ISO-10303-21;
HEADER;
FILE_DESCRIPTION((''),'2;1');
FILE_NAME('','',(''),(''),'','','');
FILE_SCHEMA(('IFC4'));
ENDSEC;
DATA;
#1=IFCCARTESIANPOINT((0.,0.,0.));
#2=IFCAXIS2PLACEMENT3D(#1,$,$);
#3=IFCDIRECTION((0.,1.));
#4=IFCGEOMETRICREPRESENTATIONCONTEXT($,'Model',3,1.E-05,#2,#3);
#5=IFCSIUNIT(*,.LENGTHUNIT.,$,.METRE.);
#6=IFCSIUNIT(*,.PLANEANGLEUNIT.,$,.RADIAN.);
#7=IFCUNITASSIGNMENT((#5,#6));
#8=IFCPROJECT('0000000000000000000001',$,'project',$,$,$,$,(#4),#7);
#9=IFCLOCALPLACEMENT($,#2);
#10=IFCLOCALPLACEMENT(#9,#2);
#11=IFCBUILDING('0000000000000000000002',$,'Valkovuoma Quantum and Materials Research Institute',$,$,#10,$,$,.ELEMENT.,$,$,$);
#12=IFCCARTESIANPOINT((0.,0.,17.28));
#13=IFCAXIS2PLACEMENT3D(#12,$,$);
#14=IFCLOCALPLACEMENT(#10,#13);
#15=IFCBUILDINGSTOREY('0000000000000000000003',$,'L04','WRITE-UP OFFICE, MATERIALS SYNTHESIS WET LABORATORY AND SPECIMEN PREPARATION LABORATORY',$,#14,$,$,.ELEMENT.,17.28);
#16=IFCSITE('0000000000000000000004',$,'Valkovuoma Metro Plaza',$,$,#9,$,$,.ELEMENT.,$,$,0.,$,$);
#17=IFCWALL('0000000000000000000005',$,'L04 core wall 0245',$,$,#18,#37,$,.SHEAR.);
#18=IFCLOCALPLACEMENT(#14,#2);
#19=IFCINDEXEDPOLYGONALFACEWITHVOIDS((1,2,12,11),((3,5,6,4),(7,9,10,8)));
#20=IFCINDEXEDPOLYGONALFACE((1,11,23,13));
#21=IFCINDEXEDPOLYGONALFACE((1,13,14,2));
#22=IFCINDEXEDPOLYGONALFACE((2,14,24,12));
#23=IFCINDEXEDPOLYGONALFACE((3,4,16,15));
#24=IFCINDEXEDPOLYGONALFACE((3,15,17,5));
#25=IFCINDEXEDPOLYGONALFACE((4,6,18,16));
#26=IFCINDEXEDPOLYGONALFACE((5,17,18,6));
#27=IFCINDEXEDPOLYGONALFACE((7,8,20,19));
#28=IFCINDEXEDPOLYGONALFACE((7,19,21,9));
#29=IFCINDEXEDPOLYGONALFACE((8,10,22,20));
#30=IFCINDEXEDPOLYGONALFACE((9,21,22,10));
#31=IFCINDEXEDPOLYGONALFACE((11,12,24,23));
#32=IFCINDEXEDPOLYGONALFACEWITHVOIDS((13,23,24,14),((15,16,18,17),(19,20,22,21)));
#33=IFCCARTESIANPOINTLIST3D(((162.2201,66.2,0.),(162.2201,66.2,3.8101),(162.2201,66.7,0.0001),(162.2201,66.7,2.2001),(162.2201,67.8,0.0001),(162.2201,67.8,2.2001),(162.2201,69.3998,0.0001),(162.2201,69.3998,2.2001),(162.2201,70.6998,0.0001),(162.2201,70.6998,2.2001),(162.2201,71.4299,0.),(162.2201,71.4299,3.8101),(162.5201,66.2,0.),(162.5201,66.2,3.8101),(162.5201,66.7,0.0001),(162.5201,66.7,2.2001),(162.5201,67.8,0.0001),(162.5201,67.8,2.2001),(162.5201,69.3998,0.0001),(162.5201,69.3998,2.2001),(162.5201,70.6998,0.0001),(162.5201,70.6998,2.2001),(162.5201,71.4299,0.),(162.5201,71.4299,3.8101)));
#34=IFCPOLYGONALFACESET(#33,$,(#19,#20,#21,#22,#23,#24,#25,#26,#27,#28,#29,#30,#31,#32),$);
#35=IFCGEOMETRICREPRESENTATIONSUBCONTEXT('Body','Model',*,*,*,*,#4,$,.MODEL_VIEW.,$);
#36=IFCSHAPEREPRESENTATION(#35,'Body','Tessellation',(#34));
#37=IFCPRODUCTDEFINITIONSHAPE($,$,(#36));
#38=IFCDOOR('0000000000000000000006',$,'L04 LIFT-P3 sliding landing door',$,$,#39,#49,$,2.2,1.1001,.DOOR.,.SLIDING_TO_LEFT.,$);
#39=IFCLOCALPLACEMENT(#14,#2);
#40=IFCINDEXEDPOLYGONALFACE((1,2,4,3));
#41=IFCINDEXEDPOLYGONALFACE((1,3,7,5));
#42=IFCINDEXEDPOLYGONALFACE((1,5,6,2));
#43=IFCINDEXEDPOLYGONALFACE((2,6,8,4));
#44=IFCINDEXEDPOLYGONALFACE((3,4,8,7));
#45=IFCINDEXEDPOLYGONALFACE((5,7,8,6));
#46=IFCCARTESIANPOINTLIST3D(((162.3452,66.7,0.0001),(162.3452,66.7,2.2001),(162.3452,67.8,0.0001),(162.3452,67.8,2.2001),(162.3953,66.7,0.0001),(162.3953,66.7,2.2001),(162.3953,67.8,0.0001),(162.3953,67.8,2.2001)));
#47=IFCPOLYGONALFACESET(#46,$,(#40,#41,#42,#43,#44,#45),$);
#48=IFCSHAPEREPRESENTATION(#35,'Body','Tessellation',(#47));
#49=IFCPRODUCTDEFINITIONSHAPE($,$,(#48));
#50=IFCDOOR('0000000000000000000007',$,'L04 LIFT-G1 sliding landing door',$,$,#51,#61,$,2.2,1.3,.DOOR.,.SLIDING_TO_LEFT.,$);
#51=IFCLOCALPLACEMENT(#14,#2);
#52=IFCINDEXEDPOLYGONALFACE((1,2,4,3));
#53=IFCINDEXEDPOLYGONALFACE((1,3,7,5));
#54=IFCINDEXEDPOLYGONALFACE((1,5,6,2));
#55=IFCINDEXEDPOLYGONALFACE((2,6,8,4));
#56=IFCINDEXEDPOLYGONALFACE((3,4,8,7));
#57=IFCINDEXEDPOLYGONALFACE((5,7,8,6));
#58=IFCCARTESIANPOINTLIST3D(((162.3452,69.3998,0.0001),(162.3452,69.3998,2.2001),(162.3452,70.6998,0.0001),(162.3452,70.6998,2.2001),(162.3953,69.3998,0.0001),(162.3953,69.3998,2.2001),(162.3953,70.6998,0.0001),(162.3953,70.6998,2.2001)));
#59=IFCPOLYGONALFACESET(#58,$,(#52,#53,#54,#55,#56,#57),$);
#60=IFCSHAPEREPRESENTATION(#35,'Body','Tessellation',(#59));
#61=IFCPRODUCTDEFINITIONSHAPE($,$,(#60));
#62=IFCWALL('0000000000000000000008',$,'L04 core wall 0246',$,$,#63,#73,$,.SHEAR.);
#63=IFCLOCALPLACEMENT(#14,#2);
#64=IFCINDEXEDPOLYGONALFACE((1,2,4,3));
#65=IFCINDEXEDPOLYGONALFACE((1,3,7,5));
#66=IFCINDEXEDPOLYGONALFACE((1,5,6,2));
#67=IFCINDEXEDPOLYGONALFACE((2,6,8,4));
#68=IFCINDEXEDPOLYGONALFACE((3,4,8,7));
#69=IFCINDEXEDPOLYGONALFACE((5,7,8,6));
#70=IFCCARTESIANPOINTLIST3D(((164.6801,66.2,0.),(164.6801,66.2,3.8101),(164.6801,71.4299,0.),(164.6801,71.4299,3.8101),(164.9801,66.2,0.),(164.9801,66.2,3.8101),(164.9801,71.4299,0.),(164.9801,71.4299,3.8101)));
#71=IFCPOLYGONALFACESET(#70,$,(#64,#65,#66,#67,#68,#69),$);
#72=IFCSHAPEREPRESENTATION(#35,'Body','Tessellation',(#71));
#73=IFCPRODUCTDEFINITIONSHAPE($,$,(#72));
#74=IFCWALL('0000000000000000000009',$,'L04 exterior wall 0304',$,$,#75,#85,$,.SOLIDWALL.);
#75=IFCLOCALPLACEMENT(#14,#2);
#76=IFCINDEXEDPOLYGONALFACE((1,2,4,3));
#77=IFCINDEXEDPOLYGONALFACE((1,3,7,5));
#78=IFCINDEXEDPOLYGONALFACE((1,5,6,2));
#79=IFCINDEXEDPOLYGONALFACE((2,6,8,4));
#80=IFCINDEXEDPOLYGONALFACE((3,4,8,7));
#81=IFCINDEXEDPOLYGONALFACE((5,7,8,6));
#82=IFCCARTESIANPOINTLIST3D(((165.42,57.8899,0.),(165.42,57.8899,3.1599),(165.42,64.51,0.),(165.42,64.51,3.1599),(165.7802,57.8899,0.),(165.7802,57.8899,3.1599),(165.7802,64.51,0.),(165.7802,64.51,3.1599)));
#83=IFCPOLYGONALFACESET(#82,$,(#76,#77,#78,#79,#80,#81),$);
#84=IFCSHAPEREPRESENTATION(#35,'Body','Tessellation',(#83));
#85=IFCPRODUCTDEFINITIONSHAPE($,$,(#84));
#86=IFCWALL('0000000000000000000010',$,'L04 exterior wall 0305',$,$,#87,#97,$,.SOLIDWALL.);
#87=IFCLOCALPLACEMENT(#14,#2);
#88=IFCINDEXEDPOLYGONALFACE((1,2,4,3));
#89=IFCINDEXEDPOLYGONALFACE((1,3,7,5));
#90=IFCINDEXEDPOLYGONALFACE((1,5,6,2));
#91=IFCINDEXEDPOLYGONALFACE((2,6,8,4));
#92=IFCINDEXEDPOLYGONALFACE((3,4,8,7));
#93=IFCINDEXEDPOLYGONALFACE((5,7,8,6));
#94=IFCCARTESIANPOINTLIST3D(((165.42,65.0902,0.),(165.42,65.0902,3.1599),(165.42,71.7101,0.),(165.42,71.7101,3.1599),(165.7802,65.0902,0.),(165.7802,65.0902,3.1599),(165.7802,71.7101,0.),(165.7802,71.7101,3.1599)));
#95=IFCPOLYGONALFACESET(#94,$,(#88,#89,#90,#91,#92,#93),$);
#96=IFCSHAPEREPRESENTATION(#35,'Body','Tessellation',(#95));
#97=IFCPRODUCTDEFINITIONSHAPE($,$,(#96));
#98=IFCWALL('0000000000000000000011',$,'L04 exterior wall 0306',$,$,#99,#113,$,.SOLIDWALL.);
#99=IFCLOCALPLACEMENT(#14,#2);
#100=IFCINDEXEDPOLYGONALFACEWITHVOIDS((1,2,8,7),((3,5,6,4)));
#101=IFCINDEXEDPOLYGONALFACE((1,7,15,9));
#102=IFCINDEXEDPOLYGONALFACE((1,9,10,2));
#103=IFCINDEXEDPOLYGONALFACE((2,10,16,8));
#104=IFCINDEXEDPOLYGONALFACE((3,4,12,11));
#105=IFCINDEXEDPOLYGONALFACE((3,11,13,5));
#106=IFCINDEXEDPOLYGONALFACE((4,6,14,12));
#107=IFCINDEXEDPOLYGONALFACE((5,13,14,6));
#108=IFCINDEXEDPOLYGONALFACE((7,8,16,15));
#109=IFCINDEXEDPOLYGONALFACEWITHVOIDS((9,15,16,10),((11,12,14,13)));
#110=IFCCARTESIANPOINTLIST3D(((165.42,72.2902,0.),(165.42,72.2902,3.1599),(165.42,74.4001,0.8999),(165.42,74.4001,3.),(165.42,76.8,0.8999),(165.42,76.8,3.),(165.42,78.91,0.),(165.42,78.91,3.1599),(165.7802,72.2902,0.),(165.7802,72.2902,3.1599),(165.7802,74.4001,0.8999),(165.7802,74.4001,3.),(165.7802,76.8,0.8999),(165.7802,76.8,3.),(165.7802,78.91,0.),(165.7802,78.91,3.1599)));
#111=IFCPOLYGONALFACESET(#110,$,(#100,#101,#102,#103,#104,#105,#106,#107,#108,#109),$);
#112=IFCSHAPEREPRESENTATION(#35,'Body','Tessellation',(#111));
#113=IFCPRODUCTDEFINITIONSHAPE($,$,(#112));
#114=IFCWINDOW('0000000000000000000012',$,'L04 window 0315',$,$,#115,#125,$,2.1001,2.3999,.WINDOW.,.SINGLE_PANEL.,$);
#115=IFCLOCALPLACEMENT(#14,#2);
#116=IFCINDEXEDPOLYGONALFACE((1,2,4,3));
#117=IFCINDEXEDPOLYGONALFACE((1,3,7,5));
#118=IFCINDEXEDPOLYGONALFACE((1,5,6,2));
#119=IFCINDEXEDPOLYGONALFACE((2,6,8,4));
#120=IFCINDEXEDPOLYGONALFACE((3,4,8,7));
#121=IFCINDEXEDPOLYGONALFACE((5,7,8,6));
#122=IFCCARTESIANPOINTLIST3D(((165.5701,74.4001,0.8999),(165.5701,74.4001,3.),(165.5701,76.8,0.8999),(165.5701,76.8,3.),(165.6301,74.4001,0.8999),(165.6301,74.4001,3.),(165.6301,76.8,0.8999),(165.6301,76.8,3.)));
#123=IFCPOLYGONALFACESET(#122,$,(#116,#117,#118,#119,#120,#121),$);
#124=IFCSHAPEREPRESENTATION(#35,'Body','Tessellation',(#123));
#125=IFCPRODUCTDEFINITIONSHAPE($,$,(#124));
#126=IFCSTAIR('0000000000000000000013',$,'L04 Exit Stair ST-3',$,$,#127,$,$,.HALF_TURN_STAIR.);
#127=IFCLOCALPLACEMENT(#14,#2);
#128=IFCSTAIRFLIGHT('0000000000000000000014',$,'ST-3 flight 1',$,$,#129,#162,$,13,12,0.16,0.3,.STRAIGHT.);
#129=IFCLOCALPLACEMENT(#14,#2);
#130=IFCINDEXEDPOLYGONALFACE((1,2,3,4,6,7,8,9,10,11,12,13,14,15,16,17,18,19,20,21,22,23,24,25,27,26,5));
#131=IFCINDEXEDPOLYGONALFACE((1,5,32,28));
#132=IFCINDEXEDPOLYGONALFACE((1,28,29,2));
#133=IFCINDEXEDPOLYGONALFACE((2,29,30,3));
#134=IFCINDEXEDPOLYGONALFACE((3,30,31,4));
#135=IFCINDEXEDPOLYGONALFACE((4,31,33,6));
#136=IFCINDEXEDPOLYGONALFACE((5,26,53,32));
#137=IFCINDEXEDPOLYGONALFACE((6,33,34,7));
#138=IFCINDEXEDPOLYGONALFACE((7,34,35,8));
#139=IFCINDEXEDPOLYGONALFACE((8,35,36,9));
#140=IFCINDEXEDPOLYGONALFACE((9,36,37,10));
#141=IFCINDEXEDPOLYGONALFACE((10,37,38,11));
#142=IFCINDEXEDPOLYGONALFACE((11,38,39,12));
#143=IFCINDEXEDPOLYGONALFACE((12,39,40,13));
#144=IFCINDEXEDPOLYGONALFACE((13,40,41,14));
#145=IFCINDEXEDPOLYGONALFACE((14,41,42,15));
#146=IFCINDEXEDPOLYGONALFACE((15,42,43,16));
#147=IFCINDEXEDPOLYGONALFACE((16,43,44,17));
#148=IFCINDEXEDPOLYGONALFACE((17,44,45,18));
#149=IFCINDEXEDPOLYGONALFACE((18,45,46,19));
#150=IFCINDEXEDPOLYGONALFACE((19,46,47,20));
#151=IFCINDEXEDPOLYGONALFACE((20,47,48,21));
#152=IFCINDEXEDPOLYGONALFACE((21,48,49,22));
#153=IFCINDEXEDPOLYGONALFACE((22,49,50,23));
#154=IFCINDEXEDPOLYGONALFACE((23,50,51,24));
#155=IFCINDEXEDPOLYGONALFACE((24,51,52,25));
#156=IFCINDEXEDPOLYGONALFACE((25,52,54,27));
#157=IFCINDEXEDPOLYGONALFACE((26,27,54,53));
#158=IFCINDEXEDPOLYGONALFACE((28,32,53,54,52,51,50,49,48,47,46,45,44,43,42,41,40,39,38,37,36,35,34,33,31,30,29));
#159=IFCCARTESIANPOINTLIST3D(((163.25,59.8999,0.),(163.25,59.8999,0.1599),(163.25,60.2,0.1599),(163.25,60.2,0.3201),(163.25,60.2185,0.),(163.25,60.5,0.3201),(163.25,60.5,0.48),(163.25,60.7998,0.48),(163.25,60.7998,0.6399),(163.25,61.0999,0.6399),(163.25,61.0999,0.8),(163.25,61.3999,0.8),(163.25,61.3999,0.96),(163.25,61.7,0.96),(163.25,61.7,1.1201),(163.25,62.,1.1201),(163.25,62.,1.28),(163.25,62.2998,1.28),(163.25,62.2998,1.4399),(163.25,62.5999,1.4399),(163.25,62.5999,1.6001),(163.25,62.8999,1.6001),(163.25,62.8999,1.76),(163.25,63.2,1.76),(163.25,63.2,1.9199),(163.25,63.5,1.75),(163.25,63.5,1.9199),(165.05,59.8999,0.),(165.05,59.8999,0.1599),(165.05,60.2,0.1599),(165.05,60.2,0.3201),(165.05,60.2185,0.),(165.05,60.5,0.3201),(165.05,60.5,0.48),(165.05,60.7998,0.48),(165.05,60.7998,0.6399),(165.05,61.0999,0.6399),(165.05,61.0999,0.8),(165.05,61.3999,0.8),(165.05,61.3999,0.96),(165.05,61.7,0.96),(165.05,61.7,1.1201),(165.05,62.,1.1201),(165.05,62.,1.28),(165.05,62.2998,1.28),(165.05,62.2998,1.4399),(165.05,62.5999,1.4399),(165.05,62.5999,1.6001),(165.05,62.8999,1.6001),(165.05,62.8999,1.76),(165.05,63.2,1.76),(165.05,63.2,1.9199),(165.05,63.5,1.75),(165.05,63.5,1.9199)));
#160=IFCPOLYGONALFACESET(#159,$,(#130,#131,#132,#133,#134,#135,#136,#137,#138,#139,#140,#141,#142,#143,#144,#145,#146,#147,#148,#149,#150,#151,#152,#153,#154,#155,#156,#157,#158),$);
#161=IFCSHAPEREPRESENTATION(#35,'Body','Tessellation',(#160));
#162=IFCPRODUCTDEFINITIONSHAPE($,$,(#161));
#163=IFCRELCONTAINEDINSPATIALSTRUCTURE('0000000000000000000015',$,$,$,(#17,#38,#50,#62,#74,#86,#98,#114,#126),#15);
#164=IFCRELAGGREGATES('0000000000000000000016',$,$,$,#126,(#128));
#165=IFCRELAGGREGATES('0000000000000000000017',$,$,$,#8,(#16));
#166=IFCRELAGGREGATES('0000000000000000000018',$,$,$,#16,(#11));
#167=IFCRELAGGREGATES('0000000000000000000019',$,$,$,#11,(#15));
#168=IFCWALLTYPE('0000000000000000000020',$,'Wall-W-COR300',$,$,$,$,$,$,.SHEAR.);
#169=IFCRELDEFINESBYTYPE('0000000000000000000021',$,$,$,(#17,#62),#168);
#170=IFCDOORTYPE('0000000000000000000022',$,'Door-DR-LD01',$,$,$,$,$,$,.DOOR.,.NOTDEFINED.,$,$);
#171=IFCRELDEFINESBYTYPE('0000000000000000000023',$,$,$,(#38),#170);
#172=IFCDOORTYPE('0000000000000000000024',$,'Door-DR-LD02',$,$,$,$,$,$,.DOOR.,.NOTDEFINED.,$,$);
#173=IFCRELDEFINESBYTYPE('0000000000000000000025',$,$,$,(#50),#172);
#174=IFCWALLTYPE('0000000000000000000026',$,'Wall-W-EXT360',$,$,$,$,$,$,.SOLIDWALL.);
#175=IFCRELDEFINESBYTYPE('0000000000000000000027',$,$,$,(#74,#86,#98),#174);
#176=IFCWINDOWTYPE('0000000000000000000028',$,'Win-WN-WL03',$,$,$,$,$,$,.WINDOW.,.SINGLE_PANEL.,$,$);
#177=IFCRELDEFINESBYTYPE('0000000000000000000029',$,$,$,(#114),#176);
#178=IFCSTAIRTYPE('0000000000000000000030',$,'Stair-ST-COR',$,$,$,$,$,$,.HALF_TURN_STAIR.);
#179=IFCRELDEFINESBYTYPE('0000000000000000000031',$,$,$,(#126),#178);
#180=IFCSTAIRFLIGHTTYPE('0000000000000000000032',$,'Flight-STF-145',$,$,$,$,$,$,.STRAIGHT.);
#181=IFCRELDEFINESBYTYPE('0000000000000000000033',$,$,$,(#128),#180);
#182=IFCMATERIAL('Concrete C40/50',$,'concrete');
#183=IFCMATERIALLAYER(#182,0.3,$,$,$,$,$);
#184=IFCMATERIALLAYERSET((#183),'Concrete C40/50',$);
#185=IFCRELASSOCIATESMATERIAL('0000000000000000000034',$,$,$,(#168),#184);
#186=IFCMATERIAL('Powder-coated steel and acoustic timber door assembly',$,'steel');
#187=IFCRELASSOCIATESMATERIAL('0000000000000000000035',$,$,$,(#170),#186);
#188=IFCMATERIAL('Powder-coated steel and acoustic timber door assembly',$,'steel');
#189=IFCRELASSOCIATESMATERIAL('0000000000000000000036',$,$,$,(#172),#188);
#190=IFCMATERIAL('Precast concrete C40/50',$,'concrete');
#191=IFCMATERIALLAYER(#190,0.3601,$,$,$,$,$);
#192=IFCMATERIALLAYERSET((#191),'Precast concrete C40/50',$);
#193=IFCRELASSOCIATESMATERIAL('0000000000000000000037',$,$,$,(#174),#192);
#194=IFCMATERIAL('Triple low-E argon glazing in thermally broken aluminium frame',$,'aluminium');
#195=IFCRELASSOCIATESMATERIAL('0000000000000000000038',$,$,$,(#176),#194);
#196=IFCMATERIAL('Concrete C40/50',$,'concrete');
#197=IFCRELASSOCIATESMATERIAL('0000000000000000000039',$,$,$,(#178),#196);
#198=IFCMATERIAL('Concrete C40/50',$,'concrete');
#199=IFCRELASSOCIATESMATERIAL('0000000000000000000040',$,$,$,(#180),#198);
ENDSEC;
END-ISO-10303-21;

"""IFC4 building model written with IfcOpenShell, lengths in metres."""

from ifc_helpers import new_model, si_unit, direction, frame, frame_2d, origin, place, context, subcontext, project, spatial, polyline, rectangle, outline, extrude, material, layer, layer_set, type_object, element, fill, aggregate, save


model = new_model("IFC4")

# Units and contexts
model_context = context("Model", 3, precision=1e-05, world=origin(), true_north=direction((0.0, 1.0)))
body_context = subcontext(model_context, "Body", "Model", "MODEL_VIEW")
ifc_project = project(units=[si_unit("LENGTHUNIT", "METRE"), si_unit("PLANEANGLEUNIT", "RADIAN")], contexts=[model_context])

# Site, building, storey
site_placement = place(None, origin())
site = spatial("IfcSite", under=ifc_project, at=site_placement, Name="Valkovuoma Metro Plaza", CompositionType="ELEMENT", RefElevation=0.0)
building_placement = place(site_placement, origin())
building = spatial("IfcBuilding", under=site, at=building_placement, Name="Valkovuoma Quantum and Materials Research Institute", CompositionType="ELEMENT")
storey_placement = place(building_placement, frame((0.0, 0.0, 17.28)))
storey = spatial("IfcBuildingStorey", under=building, at=storey_placement, Name="L04", Description="WRITE-UP OFFICE, MATERIALS SYNTHESIS WET LABORATORY AND SPECIMEN PREPARATION LABORATORY", CompositionType="ELEMENT", Elevation=17.28)

# Shared definitions
ifc_material_1 = material(Name="Concrete C40/50", Category="concrete")
ifc_layer_1 = layer(ifc_material_1, 0.3)
ifc_layer_set_1 = layer_set([ifc_layer_1], Name="Concrete C40/50")
wall_type_1 = type_object("IfcWallType", Name="Wall-W-COR300", PredefinedType="SHEAR", material=ifc_layer_set_1)

# Wall, openings, doors
wall_1_placement = place(storey_placement, frame((162.3701, 66.2, 0.0), z_axis=(0.0, 0.0, 1.0), x_axis=(0.0, 1.0, 0.0)))
wall_1 = element("IfcWall", 1, at=wall_1_placement, inside=storey, type_object=wall_type_1, Name="L04 core wall 0245", PredefinedType="SHEAR", context=body_context, shape_type="SweptSolid", body=[
    extrude(rectangle(XDim=5.23, YDim=0.3, at=frame_2d((2.615, 0.0))), origin(), (0.0, 0.0, 1.0), 3.8101),
])
opening_1_placement = place(wall_1_placement, frame((0.5, 0.0, 0.0)))
opening_1 = element("IfcOpeningElement", 2, at=opening_1_placement, cuts=wall_1, PredefinedType="OPENING", context=body_context, shape_type="SweptSolid", body=[
    extrude(rectangle(XDim=1.1001, YDim=2.2, at=frame_2d((0.55, 1.1001))), frame((0.0, 0.1602, 0.0), z_axis=(0.0, -1.0, 0.0), x_axis=(1.0, 0.0, 0.0)), (0.0, 0.0, 1.0), 0.3201),
])
opening_2_placement = place(wall_1_placement, frame((3.2, 0.0, 0.0)))
opening_2 = element("IfcOpeningElement", 3, at=opening_2_placement, cuts=wall_1, PredefinedType="OPENING", context=body_context, shape_type="SweptSolid", body=[
    extrude(rectangle(XDim=1.3, YDim=2.2, at=frame_2d((0.6499, 1.1001))), frame((0.0, 0.1602, 0.0), z_axis=(0.0, -1.0, 0.0), x_axis=(1.0, 0.0, 0.0)), (0.0, 0.0, 1.0), 0.3201),
])
ifc_material_2 = material(Name="Powder-coated steel and acoustic timber door assembly", Category="steel")
door_type_1 = type_object("IfcDoorType", Name="Door-DR-LD01", OperationType="NOTDEFINED", PredefinedType="DOOR", material=ifc_material_2)
door_1_placement = place(opening_1_placement, origin())
door_1 = element("IfcDoor", 4, at=door_1_placement, inside=storey, type_object=door_type_1, Name="L04 LIFT-P3 sliding landing door", OperationType="SLIDING_TO_LEFT", OverallHeight=2.2, OverallWidth=1.1001, PredefinedType="DOOR", context=body_context, shape_type="SweptSolid", body=[
    extrude(rectangle(XDim=1.1001, YDim=2.2, at=frame_2d((0.55, 1.1001))), frame((0.0, 0.0249, 0.0), z_axis=(0.0, -1.0, 0.0), x_axis=(1.0, 0.0, 0.0)), (0.0, 0.0, 1.0), 0.05),
])
fill(opening_1, door_1)
ifc_material_3 = material(Name="Powder-coated steel and acoustic timber door assembly", Category="steel")
door_type_2 = type_object("IfcDoorType", Name="Door-DR-LD02", OperationType="NOTDEFINED", PredefinedType="DOOR", material=ifc_material_3)
door_2_placement = place(opening_2_placement, origin())
door_2 = element("IfcDoor", 5, at=door_2_placement, inside=storey, type_object=door_type_2, Name="L04 LIFT-G1 sliding landing door", OperationType="SLIDING_TO_LEFT", OverallHeight=2.2, OverallWidth=1.3, PredefinedType="DOOR", context=body_context, shape_type="SweptSolid", body=[
    extrude(rectangle(XDim=1.3, YDim=2.2, at=frame_2d((0.6499, 1.1001))), frame((0.0, 0.0249, 0.0), z_axis=(0.0, -1.0, 0.0), x_axis=(1.0, 0.0, 0.0)), (0.0, 0.0, 1.0), 0.05),
])
fill(opening_2, door_2)

# Walls
wall_2_placement = place(storey_placement, frame((164.8301, 66.2, 0.0), z_axis=(0.0, 0.0, 1.0), x_axis=(0.0, 1.0, 0.0)))
element("IfcWall", 6, at=wall_2_placement, inside=storey, type_object=wall_type_1, Name="L04 core wall 0246", PredefinedType="SHEAR", context=body_context, shape_type="SweptSolid", body=[
    extrude(rectangle(XDim=5.23, YDim=0.3, at=frame_2d((2.615, 0.0))), origin(), (0.0, 0.0, 1.0), 3.8101),
])
ifc_material_4 = material(Name="Precast concrete C40/50", Category="concrete")
ifc_layer_2 = layer(ifc_material_4, 0.3601)
ifc_layer_set_2 = layer_set([ifc_layer_2], Name="Precast concrete C40/50")
wall_type_2 = type_object("IfcWallType", Name="Wall-W-EXT360", PredefinedType="SOLIDWALL", material=ifc_layer_set_2)
wall_3_placement = place(storey_placement, frame((165.6001, 57.8899, 0.0), z_axis=(0.0, 0.0, 1.0), x_axis=(0.0, 1.0, 0.0)))
element("IfcWall", 7, at=wall_3_placement, inside=storey, type_object=wall_type_2, Name="L04 exterior wall 0304", PredefinedType="SOLIDWALL", context=body_context, shape_type="SweptSolid", body=[
    extrude(rectangle(XDim=6.6201, YDim=0.3601, at=frame_2d((3.3101, 0.0))), origin(), (0.0, 0.0, 1.0), 3.1599),
])
wall_4_placement = place(storey_placement, frame((165.6001, 65.0901, 0.0), z_axis=(0.0, 0.0, 1.0), x_axis=(0.0, 1.0, 0.0)))
element("IfcWall", 8, at=wall_4_placement, inside=storey, type_object=wall_type_2, Name="L04 exterior wall 0305", PredefinedType="SOLIDWALL", context=body_context, shape_type="SweptSolid", body=[
    extrude(rectangle(XDim=6.6199, YDim=0.3601, at=frame_2d((3.3101, 0.0))), origin(), (0.0, 0.0, 1.0), 3.1599),
])

# Wall, opening, window
wall_5_placement = place(storey_placement, frame((165.6001, 72.29, 0.0), z_axis=(0.0, 0.0, 1.0), x_axis=(0.0, 1.0, 0.0)))
wall_5 = element("IfcWall", 9, at=wall_5_placement, inside=storey, type_object=wall_type_2, Name="L04 exterior wall 0306", PredefinedType="SOLIDWALL", context=body_context, shape_type="SweptSolid", body=[
    extrude(rectangle(XDim=6.6199, YDim=0.3601, at=frame_2d((3.3101, 0.0))), origin(), (0.0, 0.0, 1.0), 3.1599),
])
opening_3_placement = place(wall_5_placement, frame((2.1101, 0.0, 0.8999)))
opening_3 = element("IfcOpeningElement", 10, at=opening_3_placement, cuts=wall_5, PredefinedType="OPENING", context=body_context, shape_type="SweptSolid", body=[
    extrude(rectangle(XDim=2.3999, YDim=2.1001, at=frame_2d((1.2, 1.05))), frame((0.0, 0.1899, 0.0), z_axis=(0.0, -1.0, 0.0), x_axis=(1.0, 0.0, 0.0)), (0.0, 0.0, 1.0), 0.3801),
])
ifc_material_5 = material(Name="Triple low-E argon glazing in thermally broken aluminium frame", Category="aluminium")
window_type = type_object("IfcWindowType", Name="Win-WN-WL03", PartitioningType="SINGLE_PANEL", PredefinedType="WINDOW", material=ifc_material_5)
window_placement = place(opening_3_placement, origin())
window = element("IfcWindow", 11, at=window_placement, inside=storey, type_object=window_type, Name="L04 window 0315", OverallHeight=2.1001, OverallWidth=2.3999, PartitioningType="SINGLE_PANEL", PredefinedType="WINDOW", context=body_context, shape_type="SweptSolid", body=[
    extrude(rectangle(XDim=2.3999, YDim=2.1001, at=frame_2d((1.2, 1.05))), frame((0.0, 0.03, 0.0), z_axis=(0.0, -1.0, 0.0), x_axis=(1.0, 0.0, 0.0)), (0.0, 0.0, 1.0), 0.0601),
])
fill(opening_3, window)

# Stair, stair flight
ifc_material_6 = material(Name="Concrete C40/50", Category="concrete")
stair_type = type_object("IfcStairType", Name="Stair-ST-COR", PredefinedType="HALF_TURN_STAIR", material=ifc_material_6)
stair_placement = place(storey_placement, origin())
stair = element("IfcStair", 12, at=stair_placement, inside=storey, type_object=stair_type, Name="L04 Exit Stair ST-3", PredefinedType="HALF_TURN_STAIR")
ifc_material_7 = material(Name="Concrete C40/50", Category="concrete")
stair_flight_type = type_object("IfcStairFlightType", Name="Flight-STF-145", PredefinedType="STRAIGHT", material=ifc_material_7)
stair_flight_1_placement = place(storey_placement, frame((164.1499, 59.8999, 0.0), z_axis=(0.0, 0.0, 1.0), x_axis=(0.0, 1.0, 0.0)))
stair_flight_1 = element("IfcStairFlight", 13, at=stair_flight_1_placement, type_object=stair_flight_type, Name="ST-3 flight 1", NumberOfRisers=13, NumberOfTreads=12, PredefinedType="STRAIGHT", RiserHeight=0.16, TreadLength=0.3, context=body_context, shape_type="SweptSolid", body=[
    extrude(outline(polyline([(0.0, 0.0), (0.0, 0.1599), (0.3, 0.1599), (0.3, 0.3201), (0.6001, 0.3201), (0.6001, 0.48), (0.8999, 0.48), (0.8999, 0.6399), (1.2, 0.6399), (1.2, 0.8), (1.5, 0.8), (1.5, 0.96), (1.8, 0.96), (1.8, 1.1201), (2.1001, 1.1201), (2.1001, 1.28), (2.3999, 1.28), (2.3999, 1.4399), (2.7, 1.4399), (2.7, 1.6001), (3.0, 1.6001), (3.0, 1.76), (3.3, 1.76), (3.3, 1.9199), (3.6001, 1.9199), (3.6001, 2.0801), (3.6001, 1.75), (0.3186, 0.0), (0.0, 0.0)])), frame((0.0, 0.8999, 0.0), z_axis=(0.0, -1.0, 0.0), x_axis=(1.0, 0.0, 0.0)), (0.0, 0.0, 1.0), 1.8),
])
aggregate(stair, [stair_flight_1])

save(model, "model.ifc")
